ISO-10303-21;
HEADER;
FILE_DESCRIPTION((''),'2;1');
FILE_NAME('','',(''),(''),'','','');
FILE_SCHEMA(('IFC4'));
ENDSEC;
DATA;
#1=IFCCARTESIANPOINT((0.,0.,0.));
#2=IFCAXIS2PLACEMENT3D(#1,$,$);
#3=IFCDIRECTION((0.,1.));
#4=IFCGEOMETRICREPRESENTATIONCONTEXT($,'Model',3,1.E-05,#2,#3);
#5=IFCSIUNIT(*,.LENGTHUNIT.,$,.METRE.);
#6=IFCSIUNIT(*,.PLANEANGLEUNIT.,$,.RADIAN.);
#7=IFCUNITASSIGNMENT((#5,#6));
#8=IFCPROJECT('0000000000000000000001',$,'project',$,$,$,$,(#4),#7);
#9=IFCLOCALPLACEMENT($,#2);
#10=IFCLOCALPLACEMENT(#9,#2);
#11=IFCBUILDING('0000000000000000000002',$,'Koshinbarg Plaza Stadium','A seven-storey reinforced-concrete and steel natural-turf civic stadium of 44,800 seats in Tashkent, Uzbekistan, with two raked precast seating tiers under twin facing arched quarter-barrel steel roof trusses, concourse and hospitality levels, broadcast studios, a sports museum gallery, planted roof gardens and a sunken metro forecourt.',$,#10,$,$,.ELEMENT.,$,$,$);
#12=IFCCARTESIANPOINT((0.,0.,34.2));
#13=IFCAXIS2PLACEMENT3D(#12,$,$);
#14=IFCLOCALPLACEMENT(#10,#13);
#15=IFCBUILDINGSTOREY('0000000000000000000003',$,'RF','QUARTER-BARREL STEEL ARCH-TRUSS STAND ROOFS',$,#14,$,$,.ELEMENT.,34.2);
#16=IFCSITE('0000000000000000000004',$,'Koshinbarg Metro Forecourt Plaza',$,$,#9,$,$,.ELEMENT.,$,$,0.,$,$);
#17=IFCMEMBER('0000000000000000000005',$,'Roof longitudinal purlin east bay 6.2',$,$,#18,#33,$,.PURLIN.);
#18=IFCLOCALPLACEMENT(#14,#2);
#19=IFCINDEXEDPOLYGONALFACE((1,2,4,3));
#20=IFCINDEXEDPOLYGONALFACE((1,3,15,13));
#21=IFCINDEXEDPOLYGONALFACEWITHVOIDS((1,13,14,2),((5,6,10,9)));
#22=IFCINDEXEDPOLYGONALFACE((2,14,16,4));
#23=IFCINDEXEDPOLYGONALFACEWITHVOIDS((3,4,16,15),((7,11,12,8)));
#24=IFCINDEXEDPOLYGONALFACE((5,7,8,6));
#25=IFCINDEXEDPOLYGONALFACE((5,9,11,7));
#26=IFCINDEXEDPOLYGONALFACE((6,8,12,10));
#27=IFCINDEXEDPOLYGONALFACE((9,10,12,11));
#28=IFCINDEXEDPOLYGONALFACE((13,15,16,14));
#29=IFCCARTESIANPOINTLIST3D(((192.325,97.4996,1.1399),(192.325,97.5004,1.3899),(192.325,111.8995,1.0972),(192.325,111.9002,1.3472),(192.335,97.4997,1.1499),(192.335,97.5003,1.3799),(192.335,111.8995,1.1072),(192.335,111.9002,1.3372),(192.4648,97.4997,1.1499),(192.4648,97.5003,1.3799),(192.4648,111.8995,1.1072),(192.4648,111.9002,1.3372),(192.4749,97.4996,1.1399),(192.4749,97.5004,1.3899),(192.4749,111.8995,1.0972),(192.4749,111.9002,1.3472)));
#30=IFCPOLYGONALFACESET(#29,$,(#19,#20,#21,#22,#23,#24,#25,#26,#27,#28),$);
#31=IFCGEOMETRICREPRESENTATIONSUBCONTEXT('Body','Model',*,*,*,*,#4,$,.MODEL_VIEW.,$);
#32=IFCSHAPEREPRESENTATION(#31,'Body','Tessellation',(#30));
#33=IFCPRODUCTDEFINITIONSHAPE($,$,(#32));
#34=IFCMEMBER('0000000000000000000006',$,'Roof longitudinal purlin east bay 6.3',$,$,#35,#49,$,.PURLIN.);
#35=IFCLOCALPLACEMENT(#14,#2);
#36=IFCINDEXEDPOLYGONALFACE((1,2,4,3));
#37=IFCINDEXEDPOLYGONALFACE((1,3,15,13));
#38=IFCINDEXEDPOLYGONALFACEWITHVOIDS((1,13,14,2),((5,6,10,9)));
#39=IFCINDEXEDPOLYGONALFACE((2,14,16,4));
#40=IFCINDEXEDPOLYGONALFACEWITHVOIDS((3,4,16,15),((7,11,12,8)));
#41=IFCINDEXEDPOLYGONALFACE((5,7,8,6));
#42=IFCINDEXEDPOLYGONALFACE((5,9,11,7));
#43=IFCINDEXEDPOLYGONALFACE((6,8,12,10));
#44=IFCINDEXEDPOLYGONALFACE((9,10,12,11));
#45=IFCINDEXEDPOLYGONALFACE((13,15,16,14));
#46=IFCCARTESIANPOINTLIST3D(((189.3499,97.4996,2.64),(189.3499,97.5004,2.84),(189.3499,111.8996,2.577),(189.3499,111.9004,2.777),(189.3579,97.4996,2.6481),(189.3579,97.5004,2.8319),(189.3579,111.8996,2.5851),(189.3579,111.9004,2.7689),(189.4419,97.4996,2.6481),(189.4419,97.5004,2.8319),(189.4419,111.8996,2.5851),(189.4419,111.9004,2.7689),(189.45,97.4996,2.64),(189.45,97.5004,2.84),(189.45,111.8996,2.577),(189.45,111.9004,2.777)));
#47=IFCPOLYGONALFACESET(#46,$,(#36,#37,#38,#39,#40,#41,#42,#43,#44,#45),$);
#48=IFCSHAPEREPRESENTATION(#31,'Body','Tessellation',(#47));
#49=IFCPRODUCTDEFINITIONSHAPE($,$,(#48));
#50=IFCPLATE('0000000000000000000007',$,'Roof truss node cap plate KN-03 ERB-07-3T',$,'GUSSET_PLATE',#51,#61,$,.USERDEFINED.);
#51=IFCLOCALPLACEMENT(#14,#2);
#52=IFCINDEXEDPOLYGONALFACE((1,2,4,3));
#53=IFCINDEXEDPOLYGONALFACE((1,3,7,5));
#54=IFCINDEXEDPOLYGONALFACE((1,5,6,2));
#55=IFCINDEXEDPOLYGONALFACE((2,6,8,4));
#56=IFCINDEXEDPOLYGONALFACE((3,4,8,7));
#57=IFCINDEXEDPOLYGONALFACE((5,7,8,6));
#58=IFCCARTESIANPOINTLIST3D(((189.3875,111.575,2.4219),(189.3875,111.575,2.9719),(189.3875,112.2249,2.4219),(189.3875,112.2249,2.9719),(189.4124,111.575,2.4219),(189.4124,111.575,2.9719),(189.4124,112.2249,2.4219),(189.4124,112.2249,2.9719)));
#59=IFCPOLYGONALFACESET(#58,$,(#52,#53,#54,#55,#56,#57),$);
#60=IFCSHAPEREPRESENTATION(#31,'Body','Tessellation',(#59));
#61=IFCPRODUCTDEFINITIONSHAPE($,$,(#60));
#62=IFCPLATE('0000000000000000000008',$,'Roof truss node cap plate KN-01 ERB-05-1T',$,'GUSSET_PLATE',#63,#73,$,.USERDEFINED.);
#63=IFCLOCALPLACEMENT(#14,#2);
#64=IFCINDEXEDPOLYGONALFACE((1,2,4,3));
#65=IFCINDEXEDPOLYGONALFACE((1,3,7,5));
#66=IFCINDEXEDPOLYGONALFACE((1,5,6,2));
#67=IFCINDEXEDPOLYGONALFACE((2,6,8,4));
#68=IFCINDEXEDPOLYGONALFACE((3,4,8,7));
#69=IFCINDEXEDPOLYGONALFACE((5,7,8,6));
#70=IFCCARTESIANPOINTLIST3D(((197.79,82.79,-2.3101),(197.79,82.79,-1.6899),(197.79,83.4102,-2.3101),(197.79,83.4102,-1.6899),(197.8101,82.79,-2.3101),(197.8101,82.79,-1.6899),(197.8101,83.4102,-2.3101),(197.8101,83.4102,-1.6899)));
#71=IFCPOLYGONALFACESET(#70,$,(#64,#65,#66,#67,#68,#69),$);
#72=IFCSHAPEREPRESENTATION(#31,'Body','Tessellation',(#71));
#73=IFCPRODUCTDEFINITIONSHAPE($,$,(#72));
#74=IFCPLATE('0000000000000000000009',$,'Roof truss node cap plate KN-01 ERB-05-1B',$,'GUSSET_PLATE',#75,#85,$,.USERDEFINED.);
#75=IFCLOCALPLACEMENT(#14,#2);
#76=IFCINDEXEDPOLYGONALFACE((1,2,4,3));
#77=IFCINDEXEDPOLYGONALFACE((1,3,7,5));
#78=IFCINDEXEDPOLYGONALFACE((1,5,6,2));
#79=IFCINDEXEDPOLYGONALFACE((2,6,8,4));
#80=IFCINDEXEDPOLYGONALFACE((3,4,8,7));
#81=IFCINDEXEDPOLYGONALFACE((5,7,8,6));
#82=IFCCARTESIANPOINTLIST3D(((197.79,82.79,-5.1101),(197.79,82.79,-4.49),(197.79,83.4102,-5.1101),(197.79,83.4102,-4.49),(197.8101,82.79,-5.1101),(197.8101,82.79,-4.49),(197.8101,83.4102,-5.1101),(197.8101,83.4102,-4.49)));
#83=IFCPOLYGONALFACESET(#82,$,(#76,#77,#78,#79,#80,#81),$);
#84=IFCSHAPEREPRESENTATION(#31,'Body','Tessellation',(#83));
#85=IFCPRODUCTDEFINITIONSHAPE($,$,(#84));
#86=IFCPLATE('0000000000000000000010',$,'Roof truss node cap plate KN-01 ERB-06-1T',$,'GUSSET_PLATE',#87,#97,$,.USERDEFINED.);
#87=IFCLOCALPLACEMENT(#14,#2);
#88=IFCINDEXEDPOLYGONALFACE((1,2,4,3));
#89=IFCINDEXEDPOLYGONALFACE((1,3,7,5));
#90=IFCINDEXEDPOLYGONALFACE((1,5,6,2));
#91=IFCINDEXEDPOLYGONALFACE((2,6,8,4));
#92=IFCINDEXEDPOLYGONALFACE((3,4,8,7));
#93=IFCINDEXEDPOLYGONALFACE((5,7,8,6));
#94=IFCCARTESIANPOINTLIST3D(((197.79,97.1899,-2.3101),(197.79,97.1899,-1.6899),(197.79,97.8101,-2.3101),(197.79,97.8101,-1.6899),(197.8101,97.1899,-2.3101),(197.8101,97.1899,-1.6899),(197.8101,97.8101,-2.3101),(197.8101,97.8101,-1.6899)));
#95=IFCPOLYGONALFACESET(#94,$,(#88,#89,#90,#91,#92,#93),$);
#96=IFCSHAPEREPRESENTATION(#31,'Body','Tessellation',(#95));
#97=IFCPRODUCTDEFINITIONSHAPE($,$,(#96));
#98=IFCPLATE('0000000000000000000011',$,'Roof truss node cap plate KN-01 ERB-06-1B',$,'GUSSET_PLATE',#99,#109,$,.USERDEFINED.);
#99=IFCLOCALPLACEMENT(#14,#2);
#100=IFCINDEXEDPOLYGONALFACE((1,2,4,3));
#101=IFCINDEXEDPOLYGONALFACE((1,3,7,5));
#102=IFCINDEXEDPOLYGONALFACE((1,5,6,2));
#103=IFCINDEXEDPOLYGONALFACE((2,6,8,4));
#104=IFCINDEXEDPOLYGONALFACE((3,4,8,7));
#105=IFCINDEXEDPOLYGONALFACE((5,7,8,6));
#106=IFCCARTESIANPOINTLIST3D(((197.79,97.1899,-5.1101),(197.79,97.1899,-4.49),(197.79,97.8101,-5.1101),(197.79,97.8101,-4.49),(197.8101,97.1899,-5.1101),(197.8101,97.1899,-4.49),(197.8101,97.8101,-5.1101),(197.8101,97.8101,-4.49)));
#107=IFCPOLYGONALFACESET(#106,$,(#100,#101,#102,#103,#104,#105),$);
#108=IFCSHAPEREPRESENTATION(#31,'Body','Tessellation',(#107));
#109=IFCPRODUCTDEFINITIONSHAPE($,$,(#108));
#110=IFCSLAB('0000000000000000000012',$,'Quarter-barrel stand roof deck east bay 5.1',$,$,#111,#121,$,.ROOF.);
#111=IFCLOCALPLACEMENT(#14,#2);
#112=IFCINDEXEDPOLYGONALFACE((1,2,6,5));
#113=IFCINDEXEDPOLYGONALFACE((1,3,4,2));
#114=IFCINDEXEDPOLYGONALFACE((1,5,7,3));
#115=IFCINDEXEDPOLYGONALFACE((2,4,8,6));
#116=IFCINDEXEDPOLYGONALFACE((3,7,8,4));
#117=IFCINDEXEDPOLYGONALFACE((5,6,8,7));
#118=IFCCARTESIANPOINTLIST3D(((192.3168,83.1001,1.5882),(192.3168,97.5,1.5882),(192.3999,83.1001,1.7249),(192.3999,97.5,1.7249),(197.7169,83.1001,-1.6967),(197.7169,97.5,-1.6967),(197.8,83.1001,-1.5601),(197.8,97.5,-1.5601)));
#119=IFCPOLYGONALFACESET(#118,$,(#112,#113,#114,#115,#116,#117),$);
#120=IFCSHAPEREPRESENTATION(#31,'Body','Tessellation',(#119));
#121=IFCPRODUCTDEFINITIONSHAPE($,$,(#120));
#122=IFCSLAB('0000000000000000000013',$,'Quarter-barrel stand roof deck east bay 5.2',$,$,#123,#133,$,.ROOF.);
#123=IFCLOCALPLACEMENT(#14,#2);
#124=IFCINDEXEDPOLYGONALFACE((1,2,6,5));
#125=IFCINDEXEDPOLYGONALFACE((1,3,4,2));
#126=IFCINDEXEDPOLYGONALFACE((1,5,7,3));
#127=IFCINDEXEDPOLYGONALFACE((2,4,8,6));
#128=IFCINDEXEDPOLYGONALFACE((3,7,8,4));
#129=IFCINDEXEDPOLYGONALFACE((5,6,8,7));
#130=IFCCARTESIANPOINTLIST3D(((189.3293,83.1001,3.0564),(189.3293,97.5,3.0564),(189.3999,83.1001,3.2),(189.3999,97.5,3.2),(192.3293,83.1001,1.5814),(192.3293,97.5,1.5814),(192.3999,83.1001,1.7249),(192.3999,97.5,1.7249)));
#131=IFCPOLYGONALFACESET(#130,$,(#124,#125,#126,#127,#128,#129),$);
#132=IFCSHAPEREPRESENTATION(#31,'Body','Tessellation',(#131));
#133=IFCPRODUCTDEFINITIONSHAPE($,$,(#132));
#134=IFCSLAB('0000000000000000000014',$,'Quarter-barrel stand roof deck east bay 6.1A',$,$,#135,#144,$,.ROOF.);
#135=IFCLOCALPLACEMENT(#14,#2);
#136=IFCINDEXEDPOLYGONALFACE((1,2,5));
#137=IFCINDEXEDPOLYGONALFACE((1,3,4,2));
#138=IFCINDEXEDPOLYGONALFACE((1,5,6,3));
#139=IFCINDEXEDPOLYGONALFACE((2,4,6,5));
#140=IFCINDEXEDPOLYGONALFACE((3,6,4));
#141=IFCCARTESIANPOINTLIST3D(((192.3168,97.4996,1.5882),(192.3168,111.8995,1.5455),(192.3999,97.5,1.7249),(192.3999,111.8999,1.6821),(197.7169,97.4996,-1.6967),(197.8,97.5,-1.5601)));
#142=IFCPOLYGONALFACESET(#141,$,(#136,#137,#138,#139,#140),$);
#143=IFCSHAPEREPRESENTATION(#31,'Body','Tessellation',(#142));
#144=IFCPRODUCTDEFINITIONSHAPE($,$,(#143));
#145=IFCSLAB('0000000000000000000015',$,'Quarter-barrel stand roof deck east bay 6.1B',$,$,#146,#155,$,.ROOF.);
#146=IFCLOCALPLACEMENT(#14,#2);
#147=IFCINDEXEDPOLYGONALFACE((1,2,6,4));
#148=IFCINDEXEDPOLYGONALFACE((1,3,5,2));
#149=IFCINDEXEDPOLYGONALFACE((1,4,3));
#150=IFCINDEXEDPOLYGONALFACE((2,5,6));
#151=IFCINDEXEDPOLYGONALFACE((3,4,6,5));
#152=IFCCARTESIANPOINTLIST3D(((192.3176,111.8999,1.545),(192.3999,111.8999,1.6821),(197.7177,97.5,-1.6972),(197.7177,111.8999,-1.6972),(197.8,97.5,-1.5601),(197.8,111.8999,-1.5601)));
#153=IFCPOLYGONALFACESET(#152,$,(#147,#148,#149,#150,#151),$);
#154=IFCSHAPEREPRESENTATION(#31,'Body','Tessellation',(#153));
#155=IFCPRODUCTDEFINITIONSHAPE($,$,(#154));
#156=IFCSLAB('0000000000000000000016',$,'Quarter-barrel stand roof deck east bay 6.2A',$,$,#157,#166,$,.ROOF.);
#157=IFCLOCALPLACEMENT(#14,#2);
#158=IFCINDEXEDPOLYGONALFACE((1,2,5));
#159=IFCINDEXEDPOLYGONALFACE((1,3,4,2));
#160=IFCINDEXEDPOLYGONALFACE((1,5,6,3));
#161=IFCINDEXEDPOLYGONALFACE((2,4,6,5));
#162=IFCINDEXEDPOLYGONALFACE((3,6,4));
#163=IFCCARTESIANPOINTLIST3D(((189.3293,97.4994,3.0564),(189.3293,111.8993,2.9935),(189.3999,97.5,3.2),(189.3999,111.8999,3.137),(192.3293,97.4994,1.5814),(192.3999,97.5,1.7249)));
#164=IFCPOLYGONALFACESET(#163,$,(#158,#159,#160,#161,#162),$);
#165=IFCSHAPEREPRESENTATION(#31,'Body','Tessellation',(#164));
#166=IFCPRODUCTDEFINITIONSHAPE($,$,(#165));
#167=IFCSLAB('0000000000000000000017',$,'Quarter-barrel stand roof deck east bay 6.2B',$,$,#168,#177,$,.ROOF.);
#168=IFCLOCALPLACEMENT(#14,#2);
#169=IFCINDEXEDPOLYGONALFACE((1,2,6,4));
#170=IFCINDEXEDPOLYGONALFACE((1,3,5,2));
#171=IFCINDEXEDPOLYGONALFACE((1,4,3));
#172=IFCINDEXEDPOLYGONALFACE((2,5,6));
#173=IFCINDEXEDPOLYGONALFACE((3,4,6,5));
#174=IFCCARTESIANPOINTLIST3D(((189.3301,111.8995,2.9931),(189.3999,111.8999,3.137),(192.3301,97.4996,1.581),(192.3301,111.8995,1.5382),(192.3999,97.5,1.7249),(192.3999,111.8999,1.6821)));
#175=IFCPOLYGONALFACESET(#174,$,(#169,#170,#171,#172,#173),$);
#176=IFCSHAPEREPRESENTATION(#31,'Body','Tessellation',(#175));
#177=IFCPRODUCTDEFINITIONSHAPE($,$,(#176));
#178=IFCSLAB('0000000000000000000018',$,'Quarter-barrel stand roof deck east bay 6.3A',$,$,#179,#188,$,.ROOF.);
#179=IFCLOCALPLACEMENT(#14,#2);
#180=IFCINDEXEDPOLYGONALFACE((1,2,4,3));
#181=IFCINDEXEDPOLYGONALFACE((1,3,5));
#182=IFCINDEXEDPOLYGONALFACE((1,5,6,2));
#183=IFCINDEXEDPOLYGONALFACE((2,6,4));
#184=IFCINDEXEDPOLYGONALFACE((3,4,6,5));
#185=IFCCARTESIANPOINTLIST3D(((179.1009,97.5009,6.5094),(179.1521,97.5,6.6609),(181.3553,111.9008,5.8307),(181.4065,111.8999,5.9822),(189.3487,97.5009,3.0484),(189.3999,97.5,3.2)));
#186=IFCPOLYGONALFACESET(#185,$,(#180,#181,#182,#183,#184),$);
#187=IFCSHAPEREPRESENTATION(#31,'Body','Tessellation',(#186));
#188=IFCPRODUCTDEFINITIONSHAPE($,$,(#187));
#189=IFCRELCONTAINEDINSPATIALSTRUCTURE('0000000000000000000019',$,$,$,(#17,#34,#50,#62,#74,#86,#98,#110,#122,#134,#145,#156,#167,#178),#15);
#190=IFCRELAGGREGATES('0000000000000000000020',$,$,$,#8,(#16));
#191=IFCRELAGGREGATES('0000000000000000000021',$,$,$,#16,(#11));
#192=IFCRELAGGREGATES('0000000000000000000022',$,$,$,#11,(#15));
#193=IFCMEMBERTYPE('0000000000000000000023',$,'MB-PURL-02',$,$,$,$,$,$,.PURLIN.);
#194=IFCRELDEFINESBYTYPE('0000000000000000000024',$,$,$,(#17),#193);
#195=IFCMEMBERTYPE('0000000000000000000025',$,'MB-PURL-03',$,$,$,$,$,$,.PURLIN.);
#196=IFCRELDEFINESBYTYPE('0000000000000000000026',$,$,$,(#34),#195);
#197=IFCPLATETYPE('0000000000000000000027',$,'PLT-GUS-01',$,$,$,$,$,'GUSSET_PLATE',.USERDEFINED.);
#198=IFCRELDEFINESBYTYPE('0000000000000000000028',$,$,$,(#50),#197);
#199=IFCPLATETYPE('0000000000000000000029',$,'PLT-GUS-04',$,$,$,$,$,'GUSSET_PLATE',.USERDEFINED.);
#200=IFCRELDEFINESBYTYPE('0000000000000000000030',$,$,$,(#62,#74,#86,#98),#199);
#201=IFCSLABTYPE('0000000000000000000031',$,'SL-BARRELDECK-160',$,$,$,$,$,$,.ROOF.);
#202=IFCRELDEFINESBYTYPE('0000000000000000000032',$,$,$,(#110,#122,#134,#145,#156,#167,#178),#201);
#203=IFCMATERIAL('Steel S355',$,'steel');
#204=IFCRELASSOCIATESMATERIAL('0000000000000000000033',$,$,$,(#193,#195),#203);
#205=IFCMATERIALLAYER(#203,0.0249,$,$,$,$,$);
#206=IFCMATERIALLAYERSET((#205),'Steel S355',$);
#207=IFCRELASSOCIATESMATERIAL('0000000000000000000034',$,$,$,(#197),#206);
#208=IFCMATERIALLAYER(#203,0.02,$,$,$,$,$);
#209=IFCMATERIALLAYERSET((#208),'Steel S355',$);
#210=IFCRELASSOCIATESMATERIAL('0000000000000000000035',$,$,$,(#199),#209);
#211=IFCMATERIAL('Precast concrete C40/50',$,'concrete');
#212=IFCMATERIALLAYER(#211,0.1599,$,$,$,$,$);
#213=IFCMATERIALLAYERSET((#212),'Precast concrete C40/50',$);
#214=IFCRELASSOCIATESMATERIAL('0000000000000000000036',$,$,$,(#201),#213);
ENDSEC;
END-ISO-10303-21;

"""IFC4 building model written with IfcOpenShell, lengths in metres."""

from ifc_helpers import new_model, si_unit, direction, frame, origin, origin_2d, place, context, subcontext, project, spatial, polyline, rectangle, hollow_rectangle, outline, extrude, material, layer, layer_set, material_profile, profile_set, type_object, element, save


model = new_model("IFC4")

# Units and contexts
model_context = context("Model", 3, precision=1e-05, world=origin(), true_north=direction((0.0, 1.0)))
body_context = subcontext(model_context, "Body", "Model", "MODEL_VIEW")
ifc_project = project(units=[si_unit("LENGTHUNIT", "METRE"), si_unit("PLANEANGLEUNIT", "RADIAN")], contexts=[model_context])

# Site, building, storey
site_placement = place(None, origin())
site = spatial("IfcSite", under=ifc_project, at=site_placement, Name="Koshinbarg Metro Forecourt Plaza", CompositionType="ELEMENT", RefElevation=0.0)
building_placement = place(site_placement, origin())
building = spatial("IfcBuilding", under=site, at=building_placement, Name="Koshinbarg Plaza Stadium", Description="A seven-storey reinforced-concrete and steel natural-turf civic stadium of 44,800 seats in Tashkent, Uzbekistan, with two raked precast seating tiers under twin facing arched quarter-barrel steel roof trusses, concourse and hospitality levels, broadcast studios, a sports museum gallery, planted roof gardens and a sunken metro forecourt.", CompositionType="ELEMENT")
storey_placement = place(building_placement, frame((0.0, 0.0, 34.2)))
storey = spatial("IfcBuildingStorey", under=building, at=storey_placement, Name="RF", Description="QUARTER-BARREL STEEL ARCH-TRUSS STAND ROOFS", CompositionType="ELEMENT", Elevation=34.2)

# Members
ifc_material_1 = material(Name="Steel S355", Category="steel")
ifc_material_profile_1 = material_profile(ifc_material_1, hollow_rectangle(XDim=0.1499, YDim=0.25, WallThickness=0.01, at=origin_2d()), Name="RHS 250x150x10")
ifc_profile_set_1 = profile_set([ifc_material_profile_1], Name="Steel S355")
member_type_1 = type_object("IfcMemberType", Name="MB-PURL-02", PredefinedType="PURLIN", material=ifc_profile_set_1)
member_1_placement = place(storey_placement, frame((192.3999, 97.5, 1.2649), z_axis=(0.0, 0.999996, -0.002967), x_axis=(-1.0, 0.0, 0.0)))
element("IfcMember", 1, at=member_1_placement, inside=storey, type_object=member_type_1, Name="Roof longitudinal purlin east bay 6.2", PredefinedType="PURLIN", context=body_context, shape_type="SweptSolid", body=[
    extrude(hollow_rectangle(XDim=0.1499, YDim=0.25, WallThickness=0.01, at=origin_2d()), origin(), (0.0, 0.0, 1.0), 14.3999),
])
ifc_material_profile_2 = material_profile(ifc_material_1, hollow_rectangle(XDim=0.1001, YDim=0.2, WallThickness=0.0081, at=origin_2d()), Name="RHS 200x100x8")
ifc_profile_set_2 = profile_set([ifc_material_profile_2], Name="Steel S355")
member_type_2 = type_object("IfcMemberType", Name="MB-PURL-03", PredefinedType="PURLIN", material=ifc_profile_set_2)
member_2_placement = place(storey_placement, frame((189.3999, 97.5, 2.74), z_axis=(0.0, 0.99999, -0.004374), x_axis=(-1.0, 0.0, 0.0)))
element("IfcMember", 2, at=member_2_placement, inside=storey, type_object=member_type_2, Name="Roof longitudinal purlin east bay 6.3", PredefinedType="PURLIN", context=body_context, shape_type="SweptSolid", body=[
    extrude(hollow_rectangle(XDim=0.1001, YDim=0.2, WallThickness=0.0081, at=origin_2d()), origin(), (0.0, 0.0, 1.0), 14.4001),
])

# Plates
ifc_layer_1 = layer(ifc_material_1, 0.0249)
ifc_layer_set_1 = layer_set([ifc_layer_1], Name="Steel S355")
plate_type_1 = type_object("IfcPlateType", Name="PLT-GUS-01", ElementType="GUSSET_PLATE", PredefinedType="USERDEFINED", material=ifc_layer_set_1)
plate_placement = place(storey_placement, frame((189.3999, 111.8999, 2.4219), z_axis=(0.0, 0.0, 1.0), x_axis=(1.0, 0.0, 0.0)))
element("IfcPlate", 3, at=plate_placement, inside=storey, type_object=plate_type_1, Name="Roof truss node cap plate KN-03 ERB-07-3T", ObjectType="GUSSET_PLATE", PredefinedType="USERDEFINED", context=body_context, shape_type="SweptSolid", body=[
    extrude(rectangle(XDim=0.0249, YDim=0.6499, at=origin_2d()), origin(), (0.0, 0.0, 1.0), 0.55),
])
ifc_layer_2 = layer(ifc_material_1, 0.02)
ifc_layer_set_2 = layer_set([ifc_layer_2], Name="Steel S355")
plate_type_2 = type_object("IfcPlateType", Name="PLT-GUS-04", ElementType="GUSSET_PLATE", PredefinedType="USERDEFINED", material=ifc_layer_set_2)
for number, where, z_axis, x_axis, name in (
    (4, (197.8, 83.1001, -2.3101), (0.0, 0.0, 1.0), (1.0, 0.0, 0.0), "Roof truss node cap plate KN-01 ERB-05-1T"),
    (5, (197.8, 83.1001, -5.1101), (0.0, 0.0, 1.0), (1.0, 0.0, 0.0), "Roof truss node cap plate KN-01 ERB-05-1B"),
    (6, (197.8, 97.5, -2.3101), (0.0, 0.0, 1.0), (1.0, 0.0, 0.0), "Roof truss node cap plate KN-01 ERB-06-1T"),
    (7, (197.8, 97.5, -5.1101), (0.0, 0.0, 1.0), (1.0, 0.0, 0.0), "Roof truss node cap plate KN-01 ERB-06-1B"),
):
    element("IfcPlate", number, at=place(storey_placement, frame(where, z_axis=z_axis, x_axis=x_axis)), inside=storey, type_object=plate_type_2, Name=name, ObjectType="GUSSET_PLATE", PredefinedType="USERDEFINED", context=body_context, shape_type="SweptSolid", body=[
        extrude(rectangle(XDim=0.02, YDim=0.6201, at=origin_2d()), origin(), (0.0, 0.0, 1.0), 0.6201),
    ])

# Slabs
ifc_material_2 = material(Name="Precast concrete C40/50", Category="concrete")
ifc_layer_3 = layer(ifc_material_2, 0.1599)
ifc_layer_set_3 = layer_set([ifc_layer_3], Name="Precast concrete C40/50")
slab_type = type_object("IfcSlabType", Name="SL-BARRELDECK-160", PredefinedType="ROOF", material=ifc_layer_set_3)
slab_1_placement = place(storey_placement, frame((197.8, 83.1001, -1.5601), z_axis=(0.519701, 0.0, 0.854348), x_axis=(-0.854348, 0.0, 0.519701)))
element("IfcSlab", 8, at=slab_1_placement, inside=storey, type_object=slab_type, Name="Quarter-barrel stand roof deck east bay 5.1", PredefinedType="ROOF", context=body_context, shape_type="SweptSolid", body=[
    extrude(outline(polyline([(0.0, 0.0), (6.3208, 0.0), (6.3208, -14.3999), (0.0, -14.3999), (0.0, 0.0)])), origin(), (0.0, 0.0, -1.0), 0.1599),
])
slab_2_placement = place(storey_placement, frame((192.3999, 83.1001, 1.7249), z_axis=(0.441244, 0.0, 0.897387), x_axis=(-0.897387, 0.0, 0.441244)))
element("IfcSlab", 9, at=slab_2_placement, inside=storey, type_object=slab_type, Name="Quarter-barrel stand roof deck east bay 5.2", PredefinedType="ROOF", context=body_context, shape_type="SweptSolid", body=[
    extrude(outline(polyline([(0.0, 0.0), (3.343, 0.0), (3.343, -14.3999), (0.0, -14.3999), (0.0, 0.0)])), origin(), (0.0, 0.0, -1.0), 0.1599),
])
slab_3_placement = place(storey_placement, frame((197.8, 97.5, -1.5601), z_axis=(0.519699, 0.002535, 0.854346), x_axis=(-0.854348, 0.0, 0.519701)))
element("IfcSlab", 10, at=slab_3_placement, inside=storey, type_object=slab_type, Name="Quarter-barrel stand roof deck east bay 6.1A", PredefinedType="ROOF", context=body_context, shape_type="SweptSolid", body=[
    extrude(outline(polyline([(0.0, 0.0), (6.3208, 0.0), (6.2986, -14.3999), (0.0, 0.0)])), origin(), (0.0, 0.0, -1.0), 0.1599),
])
slab_4_placement = place(storey_placement, frame((197.8, 97.5, -1.5601), z_axis=(0.514741, 0.0, 0.857346), x_axis=(-0.343582, 0.916187, 0.206283)))
element("IfcSlab", 11, at=slab_4_placement, inside=storey, type_object=slab_type, Name="Quarter-barrel stand roof deck east bay 6.1B", PredefinedType="ROOF", context=body_context, shape_type="SweptSolid", body=[
    extrude(outline(polyline([(0.0, 0.0), (15.7172, 0.0), (13.193, -5.7708), (0.0, 0.0)])), origin(), (0.0, 0.0, -1.0), 0.1599),
])
slab_5_placement = place(storey_placement, frame((192.3999, 97.5, 1.7249), z_axis=(0.441241, 0.003925, 0.89738), x_axis=(-0.897387, 0.0, 0.441244)))
element("IfcSlab", 12, at=slab_5_placement, inside=storey, type_object=slab_type, Name="Quarter-barrel stand roof deck east bay 6.2A", PredefinedType="ROOF", context=body_context, shape_type="SweptSolid", body=[
    extrude(outline(polyline([(0.0, 0.0), (3.343, 0.0), (3.3152, -14.4), (0.0, 0.0)])), origin(), (0.0, 0.0, -1.0), 0.1599),
])
slab_6_placement = place(storey_placement, frame((192.3999, 97.5, 1.7249), z_axis=(0.436342, 0.00267, 0.899777), x_axis=(-0.203022, 0.9745, 0.095563)))
element("IfcSlab", 13, at=slab_6_placement, inside=storey, type_object=slab_type, Name="Quarter-barrel stand roof deck east bay 6.2B", PredefinedType="ROOF", context=body_context, shape_type="SweptSolid", body=[
    extrude(outline(polyline([(0.0, 0.0), (14.7767, 0.0), (14.0286, -3.2491), (0.0, 0.0)])), origin(), (0.0, 0.0, -1.0), 0.1599),
])
slab_7_placement = place(storey_placement, frame((189.3999, 97.5, 3.2), z_axis=(0.319965, -0.005438, 0.947414), x_axis=(-0.947428, 0.0, 0.31997)))
element("IfcSlab", 14, at=slab_7_placement, inside=storey, type_object=slab_type, Name="Quarter-barrel stand roof deck east bay 6.3A", PredefinedType="ROOF", context=body_context, shape_type="SweptSolid", body=[
    extrude(outline(polyline([(0.0, 0.0), (10.8164, 0.0), (8.4634, -14.4001), (0.0, 0.0)])), origin(), (0.0, 0.0, -1.0), 0.1599),
])

save(model, "model.ifc")
